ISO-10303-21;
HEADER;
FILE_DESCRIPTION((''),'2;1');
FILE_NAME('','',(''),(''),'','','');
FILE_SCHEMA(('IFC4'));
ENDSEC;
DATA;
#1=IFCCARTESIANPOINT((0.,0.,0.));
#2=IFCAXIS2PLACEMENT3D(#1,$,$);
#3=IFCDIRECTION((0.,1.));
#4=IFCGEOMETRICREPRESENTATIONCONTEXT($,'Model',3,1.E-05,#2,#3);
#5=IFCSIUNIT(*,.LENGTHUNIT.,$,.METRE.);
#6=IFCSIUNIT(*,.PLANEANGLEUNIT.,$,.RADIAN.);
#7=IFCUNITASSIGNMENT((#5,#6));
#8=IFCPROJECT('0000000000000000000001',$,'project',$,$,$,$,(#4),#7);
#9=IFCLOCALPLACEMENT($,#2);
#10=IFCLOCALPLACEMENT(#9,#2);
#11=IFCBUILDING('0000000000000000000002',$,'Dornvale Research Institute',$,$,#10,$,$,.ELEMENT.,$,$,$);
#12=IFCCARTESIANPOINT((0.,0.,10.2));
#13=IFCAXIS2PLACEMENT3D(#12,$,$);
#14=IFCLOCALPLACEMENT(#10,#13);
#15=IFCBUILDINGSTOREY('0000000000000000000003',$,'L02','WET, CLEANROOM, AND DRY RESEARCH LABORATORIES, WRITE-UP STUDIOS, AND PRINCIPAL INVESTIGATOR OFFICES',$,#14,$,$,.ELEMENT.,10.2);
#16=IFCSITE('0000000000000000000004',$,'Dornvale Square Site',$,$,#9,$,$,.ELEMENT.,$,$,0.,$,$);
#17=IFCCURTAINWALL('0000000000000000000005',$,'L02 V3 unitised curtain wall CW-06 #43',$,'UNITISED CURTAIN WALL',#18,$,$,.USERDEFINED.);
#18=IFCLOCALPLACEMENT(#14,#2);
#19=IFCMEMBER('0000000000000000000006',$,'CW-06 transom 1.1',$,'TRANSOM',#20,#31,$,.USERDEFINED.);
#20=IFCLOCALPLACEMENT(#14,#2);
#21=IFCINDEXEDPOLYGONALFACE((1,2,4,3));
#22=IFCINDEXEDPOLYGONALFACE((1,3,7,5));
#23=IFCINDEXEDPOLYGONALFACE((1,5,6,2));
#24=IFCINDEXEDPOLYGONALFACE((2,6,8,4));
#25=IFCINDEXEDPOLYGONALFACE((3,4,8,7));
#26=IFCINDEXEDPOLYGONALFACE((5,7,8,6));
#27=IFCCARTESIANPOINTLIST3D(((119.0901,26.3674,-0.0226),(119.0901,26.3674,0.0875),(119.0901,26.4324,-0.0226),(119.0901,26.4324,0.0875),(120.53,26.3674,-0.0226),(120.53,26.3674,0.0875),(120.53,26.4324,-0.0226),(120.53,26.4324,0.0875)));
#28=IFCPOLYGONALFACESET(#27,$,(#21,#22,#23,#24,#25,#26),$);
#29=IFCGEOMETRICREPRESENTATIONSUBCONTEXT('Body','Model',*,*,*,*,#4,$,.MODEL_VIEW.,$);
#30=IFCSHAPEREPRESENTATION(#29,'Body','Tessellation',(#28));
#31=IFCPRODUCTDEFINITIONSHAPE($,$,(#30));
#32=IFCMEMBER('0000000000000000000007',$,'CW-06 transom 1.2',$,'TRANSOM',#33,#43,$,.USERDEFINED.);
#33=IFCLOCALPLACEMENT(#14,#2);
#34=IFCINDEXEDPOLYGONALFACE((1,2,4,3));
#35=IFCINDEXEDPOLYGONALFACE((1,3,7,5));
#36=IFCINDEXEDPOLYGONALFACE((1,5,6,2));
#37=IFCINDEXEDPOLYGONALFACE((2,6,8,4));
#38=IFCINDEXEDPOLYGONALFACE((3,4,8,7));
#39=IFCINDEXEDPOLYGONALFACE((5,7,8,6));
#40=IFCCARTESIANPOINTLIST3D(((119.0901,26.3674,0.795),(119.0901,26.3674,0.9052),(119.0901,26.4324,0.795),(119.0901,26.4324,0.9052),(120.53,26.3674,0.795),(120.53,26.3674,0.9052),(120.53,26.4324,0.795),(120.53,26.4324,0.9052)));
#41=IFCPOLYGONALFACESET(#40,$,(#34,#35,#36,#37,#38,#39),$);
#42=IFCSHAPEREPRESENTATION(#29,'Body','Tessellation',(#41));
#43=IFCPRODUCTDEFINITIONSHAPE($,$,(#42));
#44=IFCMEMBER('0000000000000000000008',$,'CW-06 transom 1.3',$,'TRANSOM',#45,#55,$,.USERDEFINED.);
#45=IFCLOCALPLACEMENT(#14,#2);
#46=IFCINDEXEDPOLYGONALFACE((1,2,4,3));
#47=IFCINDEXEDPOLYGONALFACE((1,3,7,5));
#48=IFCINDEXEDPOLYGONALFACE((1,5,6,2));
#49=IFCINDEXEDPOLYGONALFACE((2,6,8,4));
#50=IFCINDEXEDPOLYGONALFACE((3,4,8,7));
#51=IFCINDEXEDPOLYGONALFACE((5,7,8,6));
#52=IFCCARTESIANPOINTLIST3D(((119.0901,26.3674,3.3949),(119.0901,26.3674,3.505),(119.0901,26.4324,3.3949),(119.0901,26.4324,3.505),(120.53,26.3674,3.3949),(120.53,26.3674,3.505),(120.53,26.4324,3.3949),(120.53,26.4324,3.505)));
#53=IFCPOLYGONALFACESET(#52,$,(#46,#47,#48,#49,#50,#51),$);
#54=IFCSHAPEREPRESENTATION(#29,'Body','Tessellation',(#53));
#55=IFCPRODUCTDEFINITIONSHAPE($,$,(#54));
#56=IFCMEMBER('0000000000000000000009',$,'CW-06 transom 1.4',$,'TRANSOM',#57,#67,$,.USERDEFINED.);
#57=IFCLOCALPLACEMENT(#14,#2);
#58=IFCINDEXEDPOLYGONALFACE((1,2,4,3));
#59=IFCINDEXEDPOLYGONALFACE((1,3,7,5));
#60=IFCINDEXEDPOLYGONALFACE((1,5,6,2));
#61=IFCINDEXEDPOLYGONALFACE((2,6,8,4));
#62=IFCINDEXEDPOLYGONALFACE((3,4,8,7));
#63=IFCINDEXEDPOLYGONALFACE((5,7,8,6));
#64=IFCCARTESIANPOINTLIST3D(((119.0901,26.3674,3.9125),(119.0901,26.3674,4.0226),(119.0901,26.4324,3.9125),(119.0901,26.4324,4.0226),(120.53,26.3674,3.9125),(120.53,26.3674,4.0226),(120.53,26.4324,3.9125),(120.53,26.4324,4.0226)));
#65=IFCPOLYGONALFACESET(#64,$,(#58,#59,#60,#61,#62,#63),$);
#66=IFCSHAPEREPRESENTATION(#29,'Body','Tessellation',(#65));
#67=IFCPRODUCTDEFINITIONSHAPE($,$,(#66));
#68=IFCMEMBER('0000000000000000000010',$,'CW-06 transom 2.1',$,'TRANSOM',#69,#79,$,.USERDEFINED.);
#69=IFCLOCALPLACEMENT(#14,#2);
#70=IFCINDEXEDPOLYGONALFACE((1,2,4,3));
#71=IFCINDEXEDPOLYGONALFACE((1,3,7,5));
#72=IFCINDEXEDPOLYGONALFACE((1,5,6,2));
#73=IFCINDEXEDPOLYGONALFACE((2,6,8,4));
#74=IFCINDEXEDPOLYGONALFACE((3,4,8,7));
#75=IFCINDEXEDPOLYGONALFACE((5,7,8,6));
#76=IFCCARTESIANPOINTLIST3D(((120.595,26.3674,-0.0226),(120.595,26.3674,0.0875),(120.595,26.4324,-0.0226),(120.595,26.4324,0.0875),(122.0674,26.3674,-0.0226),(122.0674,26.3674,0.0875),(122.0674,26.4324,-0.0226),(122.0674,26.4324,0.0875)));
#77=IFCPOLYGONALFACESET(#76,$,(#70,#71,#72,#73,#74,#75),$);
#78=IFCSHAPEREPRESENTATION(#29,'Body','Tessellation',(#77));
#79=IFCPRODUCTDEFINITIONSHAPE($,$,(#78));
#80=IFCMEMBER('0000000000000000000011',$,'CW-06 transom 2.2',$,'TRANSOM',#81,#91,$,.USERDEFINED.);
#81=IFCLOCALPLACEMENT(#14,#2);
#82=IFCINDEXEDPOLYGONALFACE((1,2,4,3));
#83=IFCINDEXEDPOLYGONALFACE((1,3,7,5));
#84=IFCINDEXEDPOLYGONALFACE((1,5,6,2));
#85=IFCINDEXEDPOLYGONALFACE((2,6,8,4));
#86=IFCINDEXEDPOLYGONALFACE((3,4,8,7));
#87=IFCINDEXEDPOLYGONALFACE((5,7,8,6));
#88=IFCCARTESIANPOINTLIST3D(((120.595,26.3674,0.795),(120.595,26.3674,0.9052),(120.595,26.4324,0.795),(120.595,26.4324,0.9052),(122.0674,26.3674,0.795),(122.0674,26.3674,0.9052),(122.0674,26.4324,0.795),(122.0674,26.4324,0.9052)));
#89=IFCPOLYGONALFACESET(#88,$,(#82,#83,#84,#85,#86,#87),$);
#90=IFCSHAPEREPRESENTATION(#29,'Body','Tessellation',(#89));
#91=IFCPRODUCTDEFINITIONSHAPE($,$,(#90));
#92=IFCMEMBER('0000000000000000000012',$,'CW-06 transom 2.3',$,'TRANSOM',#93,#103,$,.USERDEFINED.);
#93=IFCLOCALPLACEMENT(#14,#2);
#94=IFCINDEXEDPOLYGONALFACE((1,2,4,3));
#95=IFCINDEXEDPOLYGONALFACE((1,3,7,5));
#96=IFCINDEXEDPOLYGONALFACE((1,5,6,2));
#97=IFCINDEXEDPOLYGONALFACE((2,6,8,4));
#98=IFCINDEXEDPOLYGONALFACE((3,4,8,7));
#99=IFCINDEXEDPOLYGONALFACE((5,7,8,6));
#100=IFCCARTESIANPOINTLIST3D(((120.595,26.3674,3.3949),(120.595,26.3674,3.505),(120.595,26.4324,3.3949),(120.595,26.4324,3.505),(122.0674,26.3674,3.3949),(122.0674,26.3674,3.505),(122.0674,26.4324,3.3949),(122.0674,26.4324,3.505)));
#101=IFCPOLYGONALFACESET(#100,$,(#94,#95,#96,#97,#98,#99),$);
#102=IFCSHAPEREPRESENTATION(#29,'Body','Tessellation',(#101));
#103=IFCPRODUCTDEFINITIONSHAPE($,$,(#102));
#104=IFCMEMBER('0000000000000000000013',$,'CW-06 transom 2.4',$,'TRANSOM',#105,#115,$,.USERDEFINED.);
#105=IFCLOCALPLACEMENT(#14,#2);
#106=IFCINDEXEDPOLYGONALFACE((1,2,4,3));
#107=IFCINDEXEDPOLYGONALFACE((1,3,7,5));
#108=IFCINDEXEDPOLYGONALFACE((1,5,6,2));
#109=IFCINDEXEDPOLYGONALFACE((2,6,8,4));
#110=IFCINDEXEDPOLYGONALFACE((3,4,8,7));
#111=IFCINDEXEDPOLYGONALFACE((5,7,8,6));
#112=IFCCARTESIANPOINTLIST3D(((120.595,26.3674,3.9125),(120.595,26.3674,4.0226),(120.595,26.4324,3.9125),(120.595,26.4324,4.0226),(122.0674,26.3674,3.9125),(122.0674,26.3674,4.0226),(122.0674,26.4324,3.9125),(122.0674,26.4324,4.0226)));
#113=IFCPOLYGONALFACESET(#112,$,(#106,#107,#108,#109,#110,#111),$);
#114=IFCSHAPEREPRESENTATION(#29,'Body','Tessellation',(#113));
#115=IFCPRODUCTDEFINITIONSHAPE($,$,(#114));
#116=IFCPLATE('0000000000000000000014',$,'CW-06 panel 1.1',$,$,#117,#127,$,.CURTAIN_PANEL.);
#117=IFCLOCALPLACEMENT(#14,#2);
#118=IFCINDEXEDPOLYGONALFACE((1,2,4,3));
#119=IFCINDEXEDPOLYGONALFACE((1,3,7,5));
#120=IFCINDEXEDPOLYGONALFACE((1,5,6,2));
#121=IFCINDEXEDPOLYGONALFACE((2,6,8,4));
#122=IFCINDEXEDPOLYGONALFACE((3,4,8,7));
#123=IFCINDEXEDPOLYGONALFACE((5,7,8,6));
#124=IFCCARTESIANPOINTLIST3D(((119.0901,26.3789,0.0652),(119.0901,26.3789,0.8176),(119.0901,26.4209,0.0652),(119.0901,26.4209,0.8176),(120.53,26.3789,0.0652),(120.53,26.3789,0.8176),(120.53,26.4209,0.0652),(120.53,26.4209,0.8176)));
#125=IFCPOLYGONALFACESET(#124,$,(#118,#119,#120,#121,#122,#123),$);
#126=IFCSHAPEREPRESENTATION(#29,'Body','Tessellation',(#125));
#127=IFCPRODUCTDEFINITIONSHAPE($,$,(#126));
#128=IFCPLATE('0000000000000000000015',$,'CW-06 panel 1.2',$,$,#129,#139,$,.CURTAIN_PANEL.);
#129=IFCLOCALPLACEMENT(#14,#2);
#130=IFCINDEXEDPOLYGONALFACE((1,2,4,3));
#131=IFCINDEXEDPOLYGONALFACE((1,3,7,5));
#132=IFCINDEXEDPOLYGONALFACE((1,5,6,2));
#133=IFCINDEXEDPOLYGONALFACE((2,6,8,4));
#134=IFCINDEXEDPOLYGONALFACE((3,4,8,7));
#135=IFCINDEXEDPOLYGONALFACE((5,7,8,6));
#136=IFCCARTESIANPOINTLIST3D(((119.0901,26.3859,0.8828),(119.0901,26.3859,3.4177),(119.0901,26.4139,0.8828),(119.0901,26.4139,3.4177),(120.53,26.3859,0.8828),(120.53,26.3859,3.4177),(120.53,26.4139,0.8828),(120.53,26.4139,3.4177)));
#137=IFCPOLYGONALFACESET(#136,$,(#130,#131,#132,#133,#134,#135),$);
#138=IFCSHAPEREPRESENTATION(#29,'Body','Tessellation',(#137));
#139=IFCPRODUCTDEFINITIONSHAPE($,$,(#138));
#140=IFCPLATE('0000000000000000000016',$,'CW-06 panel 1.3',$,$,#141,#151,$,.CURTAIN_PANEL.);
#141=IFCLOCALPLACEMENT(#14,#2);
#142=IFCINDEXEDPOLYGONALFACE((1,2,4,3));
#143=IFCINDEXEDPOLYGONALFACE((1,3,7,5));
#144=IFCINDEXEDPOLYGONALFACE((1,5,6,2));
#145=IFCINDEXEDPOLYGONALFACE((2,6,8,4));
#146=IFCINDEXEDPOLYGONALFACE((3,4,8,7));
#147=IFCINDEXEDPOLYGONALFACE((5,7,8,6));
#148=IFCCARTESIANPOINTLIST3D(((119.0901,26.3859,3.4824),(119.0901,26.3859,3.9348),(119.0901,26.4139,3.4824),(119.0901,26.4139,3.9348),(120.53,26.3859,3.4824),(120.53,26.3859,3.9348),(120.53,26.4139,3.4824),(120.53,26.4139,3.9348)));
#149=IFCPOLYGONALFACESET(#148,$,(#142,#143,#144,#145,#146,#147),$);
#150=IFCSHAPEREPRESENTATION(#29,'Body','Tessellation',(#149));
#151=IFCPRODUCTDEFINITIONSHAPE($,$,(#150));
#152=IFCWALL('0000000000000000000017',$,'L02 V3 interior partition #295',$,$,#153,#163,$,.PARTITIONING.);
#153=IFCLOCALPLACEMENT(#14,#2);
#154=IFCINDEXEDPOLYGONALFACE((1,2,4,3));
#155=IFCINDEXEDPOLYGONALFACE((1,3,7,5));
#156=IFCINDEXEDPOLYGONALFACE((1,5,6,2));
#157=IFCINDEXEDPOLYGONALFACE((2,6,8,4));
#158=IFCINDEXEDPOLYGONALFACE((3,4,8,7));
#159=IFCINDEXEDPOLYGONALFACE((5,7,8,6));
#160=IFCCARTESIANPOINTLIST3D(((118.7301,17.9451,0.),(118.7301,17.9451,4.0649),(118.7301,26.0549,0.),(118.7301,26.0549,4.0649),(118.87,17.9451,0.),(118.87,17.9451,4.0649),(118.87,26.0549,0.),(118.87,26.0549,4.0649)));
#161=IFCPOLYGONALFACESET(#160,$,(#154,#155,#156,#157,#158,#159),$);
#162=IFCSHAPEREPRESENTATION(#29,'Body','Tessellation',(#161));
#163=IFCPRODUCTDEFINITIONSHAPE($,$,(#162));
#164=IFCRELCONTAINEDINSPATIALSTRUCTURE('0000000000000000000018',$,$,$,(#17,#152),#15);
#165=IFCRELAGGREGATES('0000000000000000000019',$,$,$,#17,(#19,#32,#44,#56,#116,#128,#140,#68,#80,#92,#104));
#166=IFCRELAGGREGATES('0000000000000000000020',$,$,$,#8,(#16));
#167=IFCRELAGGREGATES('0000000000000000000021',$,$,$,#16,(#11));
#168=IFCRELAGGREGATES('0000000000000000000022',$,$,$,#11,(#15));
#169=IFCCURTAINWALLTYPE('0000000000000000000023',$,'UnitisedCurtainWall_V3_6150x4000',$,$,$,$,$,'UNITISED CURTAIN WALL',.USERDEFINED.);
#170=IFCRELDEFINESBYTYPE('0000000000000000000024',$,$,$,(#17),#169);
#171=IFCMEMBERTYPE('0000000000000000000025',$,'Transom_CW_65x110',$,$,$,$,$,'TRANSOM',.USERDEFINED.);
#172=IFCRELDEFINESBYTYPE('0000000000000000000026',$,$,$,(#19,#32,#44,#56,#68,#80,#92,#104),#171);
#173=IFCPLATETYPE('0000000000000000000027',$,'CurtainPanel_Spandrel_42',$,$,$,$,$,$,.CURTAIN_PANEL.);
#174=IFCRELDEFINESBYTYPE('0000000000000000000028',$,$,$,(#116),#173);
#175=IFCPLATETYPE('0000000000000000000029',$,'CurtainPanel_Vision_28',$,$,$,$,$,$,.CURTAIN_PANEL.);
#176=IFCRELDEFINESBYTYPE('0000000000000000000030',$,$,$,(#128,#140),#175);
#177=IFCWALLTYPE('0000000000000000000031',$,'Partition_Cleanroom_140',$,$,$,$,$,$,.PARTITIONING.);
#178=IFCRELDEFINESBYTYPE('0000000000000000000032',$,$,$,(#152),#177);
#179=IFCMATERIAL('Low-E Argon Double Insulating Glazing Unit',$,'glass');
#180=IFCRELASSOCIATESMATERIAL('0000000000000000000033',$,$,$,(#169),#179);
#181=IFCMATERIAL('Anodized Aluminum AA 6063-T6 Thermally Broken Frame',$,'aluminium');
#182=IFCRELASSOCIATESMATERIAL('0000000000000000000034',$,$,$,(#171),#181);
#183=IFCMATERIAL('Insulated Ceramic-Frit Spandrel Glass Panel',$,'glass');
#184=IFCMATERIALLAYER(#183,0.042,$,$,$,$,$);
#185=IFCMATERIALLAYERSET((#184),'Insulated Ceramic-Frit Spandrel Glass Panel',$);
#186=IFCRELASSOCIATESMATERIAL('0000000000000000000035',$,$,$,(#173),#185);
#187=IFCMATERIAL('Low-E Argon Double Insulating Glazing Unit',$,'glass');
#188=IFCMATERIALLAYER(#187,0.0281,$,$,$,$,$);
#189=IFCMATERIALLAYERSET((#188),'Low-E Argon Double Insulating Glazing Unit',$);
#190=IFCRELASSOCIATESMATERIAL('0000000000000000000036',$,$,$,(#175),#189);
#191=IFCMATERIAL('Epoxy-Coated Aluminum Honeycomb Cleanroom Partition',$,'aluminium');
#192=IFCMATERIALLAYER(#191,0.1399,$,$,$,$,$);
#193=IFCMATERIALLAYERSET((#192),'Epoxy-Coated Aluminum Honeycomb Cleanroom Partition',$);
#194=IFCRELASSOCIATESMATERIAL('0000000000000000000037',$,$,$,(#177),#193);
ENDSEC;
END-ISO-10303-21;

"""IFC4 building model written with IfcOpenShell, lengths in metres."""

from ifc_helpers import new_model, si_unit, direction, frame, frame_2d, origin, origin_2d, place, context, subcontext, project, spatial, rectangle, extrude, material, layer, layer_set, material_profile, profile_set, type_object, element, aggregate, save


model = new_model("IFC4")

# Units and contexts
model_context = context("Model", 3, precision=1e-05, world=origin(), true_north=direction((0.0, 1.0)))
body_context = subcontext(model_context, "Body", "Model", "MODEL_VIEW")
ifc_project = project(units=[si_unit("LENGTHUNIT", "METRE"), si_unit("PLANEANGLEUNIT", "RADIAN")], contexts=[model_context])

# Site, building, storey
site_placement = place(None, origin())
site = spatial("IfcSite", under=ifc_project, at=site_placement, Name="Dornvale Square Site", CompositionType="ELEMENT", RefElevation=0.0)
building_placement = place(site_placement, origin())
building = spatial("IfcBuilding", under=site, at=building_placement, Name="Dornvale Research Institute", CompositionType="ELEMENT")
storey_placement = place(building_placement, frame((0.0, 0.0, 10.2)))
storey = spatial("IfcBuildingStorey", under=building, at=storey_placement, Name="L02", Description="WET, CLEANROOM, AND DRY RESEARCH LABORATORIES, WRITE-UP STUDIOS, AND PRINCIPAL INVESTIGATOR OFFICES", CompositionType="ELEMENT", Elevation=10.2)

# Curtain wall
ifc_material_1 = material(Name="Low-E Argon Double Insulating Glazing Unit", Category="glass")
curtain_wall_type = type_object("IfcCurtainWallType", Name="UnitisedCurtainWall_V3_6150x4000", ElementType="UNITISED CURTAIN WALL", PredefinedType="USERDEFINED", material=ifc_material_1)
curtain_wall_placement = place(storey_placement, origin())
curtain_wall = element("IfcCurtainWall", 1, at=curtain_wall_placement, inside=storey, type_object=curtain_wall_type, Name="L02 V3 unitised curtain wall CW-06 #43", ObjectType="UNITISED CURTAIN WALL", PredefinedType="USERDEFINED")

# Members
ifc_material_2 = material(Name="Anodized Aluminum AA 6063-T6 Thermally Broken Frame", Category="aluminium")
ifc_material_profile_1 = material_profile(ifc_material_2, rectangle(XDim=0.0649, YDim=0.1101, at=origin_2d()), Name="ALU TRANSOM 65x110")
ifc_profile_set_1 = profile_set([ifc_material_profile_1], Name="Anodized Aluminum AA 6063-T6 Thermally Broken Frame")
member_type_1 = type_object("IfcMemberType", Name="Transom_CW_65x110", ElementType="TRANSOM", PredefinedType="USERDEFINED", material=ifc_profile_set_1)
member_1_placement = place(storey_placement, frame((119.0901, 26.3999, 0.0325), z_axis=(1.0, 0.0, 0.0), x_axis=(0.0, 1.0, 0.0)))
member_1 = element("IfcMember", 2, at=member_1_placement, type_object=member_type_1, Name="CW-06 transom 1.1", ObjectType="TRANSOM", PredefinedType="USERDEFINED", context=body_context, shape_type="SweptSolid", body=[
    extrude(rectangle(XDim=0.0649, YDim=0.1101, at=origin_2d()), origin(), (0.0, 0.0, 1.0), 1.4399),
])
member_2_placement = place(storey_placement, frame((119.0901, 26.3999, 0.8501), z_axis=(1.0, 0.0, 0.0), x_axis=(0.0, 1.0, 0.0)))
member_2 = element("IfcMember", 3, at=member_2_placement, type_object=member_type_1, Name="CW-06 transom 1.2", ObjectType="TRANSOM", PredefinedType="USERDEFINED", context=body_context, shape_type="SweptSolid", body=[
    extrude(rectangle(XDim=0.0649, YDim=0.1101, at=origin_2d()), origin(), (0.0, 0.0, 1.0), 1.4399),
])
member_3_placement = place(storey_placement, frame((119.0901, 26.3999, 3.45), z_axis=(1.0, 0.0, 0.0), x_axis=(0.0, 1.0, 0.0)))
member_3 = element("IfcMember", 4, at=member_3_placement, type_object=member_type_1, Name="CW-06 transom 1.3", ObjectType="TRANSOM", PredefinedType="USERDEFINED", context=body_context, shape_type="SweptSolid", body=[
    extrude(rectangle(XDim=0.0649, YDim=0.1101, at=origin_2d()), origin(), (0.0, 0.0, 1.0), 1.4399),
])
member_4_placement = place(storey_placement, frame((119.0901, 26.3999, 3.9675), z_axis=(1.0, 0.0, 0.0), x_axis=(0.0, 1.0, 0.0)))
member_4 = element("IfcMember", 5, at=member_4_placement, type_object=member_type_1, Name="CW-06 transom 1.4", ObjectType="TRANSOM", PredefinedType="USERDEFINED", context=body_context, shape_type="SweptSolid", body=[
    extrude(rectangle(XDim=0.0649, YDim=0.1101, at=origin_2d()), origin(), (0.0, 0.0, 1.0), 1.4399),
])
member_5_placement = place(storey_placement, frame((120.595, 26.3999, 0.0325), z_axis=(1.0, 0.0, 0.0), x_axis=(0.0, 1.0, 0.0)))
member_5 = element("IfcMember", 6, at=member_5_placement, type_object=member_type_1, Name="CW-06 transom 2.1", ObjectType="TRANSOM", PredefinedType="USERDEFINED", context=body_context, shape_type="SweptSolid", body=[
    extrude(rectangle(XDim=0.0649, YDim=0.1101, at=origin_2d()), origin(), (0.0, 0.0, 1.0), 1.4724),
])
member_6_placement = place(storey_placement, frame((120.595, 26.3999, 0.8501), z_axis=(1.0, 0.0, 0.0), x_axis=(0.0, 1.0, 0.0)))
member_6 = element("IfcMember", 7, at=member_6_placement, type_object=member_type_1, Name="CW-06 transom 2.2", ObjectType="TRANSOM", PredefinedType="USERDEFINED", context=body_context, shape_type="SweptSolid", body=[
    extrude(rectangle(XDim=0.0649, YDim=0.1101, at=origin_2d()), origin(), (0.0, 0.0, 1.0), 1.4724),
])
member_7_placement = place(storey_placement, frame((120.595, 26.3999, 3.45), z_axis=(1.0, 0.0, 0.0), x_axis=(0.0, 1.0, 0.0)))
member_7 = element("IfcMember", 8, at=member_7_placement, type_object=member_type_1, Name="CW-06 transom 2.3", ObjectType="TRANSOM", PredefinedType="USERDEFINED", context=body_context, shape_type="SweptSolid", body=[
    extrude(rectangle(XDim=0.0649, YDim=0.1101, at=origin_2d()), origin(), (0.0, 0.0, 1.0), 1.4724),
])
member_8_placement = place(storey_placement, frame((120.595, 26.3999, 3.9675), z_axis=(1.0, 0.0, 0.0), x_axis=(0.0, 1.0, 0.0)))
member_8 = element("IfcMember", 9, at=member_8_placement, type_object=member_type_1, Name="CW-06 transom 2.4", ObjectType="TRANSOM", PredefinedType="USERDEFINED", context=body_context, shape_type="SweptSolid", body=[
    extrude(rectangle(XDim=0.0649, YDim=0.1101, at=origin_2d()), origin(), (0.0, 0.0, 1.0), 1.4724),
])

# Plates
ifc_material_3 = material(Name="Insulated Ceramic-Frit Spandrel Glass Panel", Category="glass")
ifc_layer_1 = layer(ifc_material_3, 0.042)
ifc_layer_set_1 = layer_set([ifc_layer_1], Name="Insulated Ceramic-Frit Spandrel Glass Panel")
plate_type_1 = type_object("IfcPlateType", Name="CurtainPanel_Spandrel_42", PredefinedType="CURTAIN_PANEL", material=ifc_layer_set_1)
plate_1_placement = place(storey_placement, frame((119.8101, 26.3999, 0.0652), z_axis=(0.0, 0.0, 1.0), x_axis=(1.0, 0.0, 0.0)))
plate_1 = element("IfcPlate", 10, at=plate_1_placement, type_object=plate_type_1, Name="CW-06 panel 1.1", PredefinedType="CURTAIN_PANEL", context=body_context, shape_type="SweptSolid", body=[
    extrude(rectangle(XDim=1.4399, YDim=0.042, at=origin_2d()), origin(), (0.0, 0.0, 1.0), 0.7524),
])
ifc_material_4 = material(Name="Low-E Argon Double Insulating Glazing Unit", Category="glass")
ifc_layer_2 = layer(ifc_material_4, 0.0281)
ifc_layer_set_2 = layer_set([ifc_layer_2], Name="Low-E Argon Double Insulating Glazing Unit")
plate_type_2 = type_object("IfcPlateType", Name="CurtainPanel_Vision_28", PredefinedType="CURTAIN_PANEL", material=ifc_layer_set_2)
plate_2_placement = place(storey_placement, frame((119.8101, 26.3999, 0.8828), z_axis=(0.0, 0.0, 1.0), x_axis=(1.0, 0.0, 0.0)))
plate_2 = element("IfcPlate", 11, at=plate_2_placement, type_object=plate_type_2, Name="CW-06 panel 1.2", PredefinedType="CURTAIN_PANEL", context=body_context, shape_type="SweptSolid", body=[
    extrude(rectangle(XDim=1.4399, YDim=0.0281, at=origin_2d()), origin(), (0.0, 0.0, 1.0), 2.5349),
])
plate_3_placement = place(storey_placement, frame((119.8101, 26.3999, 3.4824), z_axis=(0.0, 0.0, 1.0), x_axis=(1.0, 0.0, 0.0)))
plate_3 = element("IfcPlate", 12, at=plate_3_placement, type_object=plate_type_2, Name="CW-06 panel 1.3", PredefinedType="CURTAIN_PANEL", context=body_context, shape_type="SweptSolid", body=[
    extrude(rectangle(XDim=1.4399, YDim=0.0281, at=origin_2d()), origin(), (0.0, 0.0, 1.0), 0.4524),
])
aggregate(curtain_wall, [member_1, member_2, member_3, member_4, plate_1, plate_2, plate_3, member_5, member_6, member_7, member_8])

# Wall
ifc_material_5 = material(Name="Epoxy-Coated Aluminum Honeycomb Cleanroom Partition", Category="aluminium")
ifc_layer_3 = layer(ifc_material_5, 0.1399)
ifc_layer_set_3 = layer_set([ifc_layer_3], Name="Epoxy-Coated Aluminum Honeycomb Cleanroom Partition")
wall_type_1 = type_object("IfcWallType", Name="Partition_Cleanroom_140", PredefinedType="PARTITIONING", material=ifc_layer_set_3)
wall_1_placement = place(storey_placement, frame((118.8, 17.9451, 0.0), z_axis=(0.0, 0.0, 1.0), x_axis=(0.0, 1.0, 0.0)))
element("IfcWall", 13, at=wall_1_placement, inside=storey, type_object=wall_type_1, Name="L02 V3 interior partition #295", PredefinedType="PARTITIONING", context=body_context, shape_type="SweptSolid", body=[
    extrude(rectangle(XDim=8.1099, YDim=0.1399, at=frame_2d((4.0549, 0.0))), origin(), (0.0, 0.0, 1.0), 4.0649),
])

save(model, "model.ifc")
